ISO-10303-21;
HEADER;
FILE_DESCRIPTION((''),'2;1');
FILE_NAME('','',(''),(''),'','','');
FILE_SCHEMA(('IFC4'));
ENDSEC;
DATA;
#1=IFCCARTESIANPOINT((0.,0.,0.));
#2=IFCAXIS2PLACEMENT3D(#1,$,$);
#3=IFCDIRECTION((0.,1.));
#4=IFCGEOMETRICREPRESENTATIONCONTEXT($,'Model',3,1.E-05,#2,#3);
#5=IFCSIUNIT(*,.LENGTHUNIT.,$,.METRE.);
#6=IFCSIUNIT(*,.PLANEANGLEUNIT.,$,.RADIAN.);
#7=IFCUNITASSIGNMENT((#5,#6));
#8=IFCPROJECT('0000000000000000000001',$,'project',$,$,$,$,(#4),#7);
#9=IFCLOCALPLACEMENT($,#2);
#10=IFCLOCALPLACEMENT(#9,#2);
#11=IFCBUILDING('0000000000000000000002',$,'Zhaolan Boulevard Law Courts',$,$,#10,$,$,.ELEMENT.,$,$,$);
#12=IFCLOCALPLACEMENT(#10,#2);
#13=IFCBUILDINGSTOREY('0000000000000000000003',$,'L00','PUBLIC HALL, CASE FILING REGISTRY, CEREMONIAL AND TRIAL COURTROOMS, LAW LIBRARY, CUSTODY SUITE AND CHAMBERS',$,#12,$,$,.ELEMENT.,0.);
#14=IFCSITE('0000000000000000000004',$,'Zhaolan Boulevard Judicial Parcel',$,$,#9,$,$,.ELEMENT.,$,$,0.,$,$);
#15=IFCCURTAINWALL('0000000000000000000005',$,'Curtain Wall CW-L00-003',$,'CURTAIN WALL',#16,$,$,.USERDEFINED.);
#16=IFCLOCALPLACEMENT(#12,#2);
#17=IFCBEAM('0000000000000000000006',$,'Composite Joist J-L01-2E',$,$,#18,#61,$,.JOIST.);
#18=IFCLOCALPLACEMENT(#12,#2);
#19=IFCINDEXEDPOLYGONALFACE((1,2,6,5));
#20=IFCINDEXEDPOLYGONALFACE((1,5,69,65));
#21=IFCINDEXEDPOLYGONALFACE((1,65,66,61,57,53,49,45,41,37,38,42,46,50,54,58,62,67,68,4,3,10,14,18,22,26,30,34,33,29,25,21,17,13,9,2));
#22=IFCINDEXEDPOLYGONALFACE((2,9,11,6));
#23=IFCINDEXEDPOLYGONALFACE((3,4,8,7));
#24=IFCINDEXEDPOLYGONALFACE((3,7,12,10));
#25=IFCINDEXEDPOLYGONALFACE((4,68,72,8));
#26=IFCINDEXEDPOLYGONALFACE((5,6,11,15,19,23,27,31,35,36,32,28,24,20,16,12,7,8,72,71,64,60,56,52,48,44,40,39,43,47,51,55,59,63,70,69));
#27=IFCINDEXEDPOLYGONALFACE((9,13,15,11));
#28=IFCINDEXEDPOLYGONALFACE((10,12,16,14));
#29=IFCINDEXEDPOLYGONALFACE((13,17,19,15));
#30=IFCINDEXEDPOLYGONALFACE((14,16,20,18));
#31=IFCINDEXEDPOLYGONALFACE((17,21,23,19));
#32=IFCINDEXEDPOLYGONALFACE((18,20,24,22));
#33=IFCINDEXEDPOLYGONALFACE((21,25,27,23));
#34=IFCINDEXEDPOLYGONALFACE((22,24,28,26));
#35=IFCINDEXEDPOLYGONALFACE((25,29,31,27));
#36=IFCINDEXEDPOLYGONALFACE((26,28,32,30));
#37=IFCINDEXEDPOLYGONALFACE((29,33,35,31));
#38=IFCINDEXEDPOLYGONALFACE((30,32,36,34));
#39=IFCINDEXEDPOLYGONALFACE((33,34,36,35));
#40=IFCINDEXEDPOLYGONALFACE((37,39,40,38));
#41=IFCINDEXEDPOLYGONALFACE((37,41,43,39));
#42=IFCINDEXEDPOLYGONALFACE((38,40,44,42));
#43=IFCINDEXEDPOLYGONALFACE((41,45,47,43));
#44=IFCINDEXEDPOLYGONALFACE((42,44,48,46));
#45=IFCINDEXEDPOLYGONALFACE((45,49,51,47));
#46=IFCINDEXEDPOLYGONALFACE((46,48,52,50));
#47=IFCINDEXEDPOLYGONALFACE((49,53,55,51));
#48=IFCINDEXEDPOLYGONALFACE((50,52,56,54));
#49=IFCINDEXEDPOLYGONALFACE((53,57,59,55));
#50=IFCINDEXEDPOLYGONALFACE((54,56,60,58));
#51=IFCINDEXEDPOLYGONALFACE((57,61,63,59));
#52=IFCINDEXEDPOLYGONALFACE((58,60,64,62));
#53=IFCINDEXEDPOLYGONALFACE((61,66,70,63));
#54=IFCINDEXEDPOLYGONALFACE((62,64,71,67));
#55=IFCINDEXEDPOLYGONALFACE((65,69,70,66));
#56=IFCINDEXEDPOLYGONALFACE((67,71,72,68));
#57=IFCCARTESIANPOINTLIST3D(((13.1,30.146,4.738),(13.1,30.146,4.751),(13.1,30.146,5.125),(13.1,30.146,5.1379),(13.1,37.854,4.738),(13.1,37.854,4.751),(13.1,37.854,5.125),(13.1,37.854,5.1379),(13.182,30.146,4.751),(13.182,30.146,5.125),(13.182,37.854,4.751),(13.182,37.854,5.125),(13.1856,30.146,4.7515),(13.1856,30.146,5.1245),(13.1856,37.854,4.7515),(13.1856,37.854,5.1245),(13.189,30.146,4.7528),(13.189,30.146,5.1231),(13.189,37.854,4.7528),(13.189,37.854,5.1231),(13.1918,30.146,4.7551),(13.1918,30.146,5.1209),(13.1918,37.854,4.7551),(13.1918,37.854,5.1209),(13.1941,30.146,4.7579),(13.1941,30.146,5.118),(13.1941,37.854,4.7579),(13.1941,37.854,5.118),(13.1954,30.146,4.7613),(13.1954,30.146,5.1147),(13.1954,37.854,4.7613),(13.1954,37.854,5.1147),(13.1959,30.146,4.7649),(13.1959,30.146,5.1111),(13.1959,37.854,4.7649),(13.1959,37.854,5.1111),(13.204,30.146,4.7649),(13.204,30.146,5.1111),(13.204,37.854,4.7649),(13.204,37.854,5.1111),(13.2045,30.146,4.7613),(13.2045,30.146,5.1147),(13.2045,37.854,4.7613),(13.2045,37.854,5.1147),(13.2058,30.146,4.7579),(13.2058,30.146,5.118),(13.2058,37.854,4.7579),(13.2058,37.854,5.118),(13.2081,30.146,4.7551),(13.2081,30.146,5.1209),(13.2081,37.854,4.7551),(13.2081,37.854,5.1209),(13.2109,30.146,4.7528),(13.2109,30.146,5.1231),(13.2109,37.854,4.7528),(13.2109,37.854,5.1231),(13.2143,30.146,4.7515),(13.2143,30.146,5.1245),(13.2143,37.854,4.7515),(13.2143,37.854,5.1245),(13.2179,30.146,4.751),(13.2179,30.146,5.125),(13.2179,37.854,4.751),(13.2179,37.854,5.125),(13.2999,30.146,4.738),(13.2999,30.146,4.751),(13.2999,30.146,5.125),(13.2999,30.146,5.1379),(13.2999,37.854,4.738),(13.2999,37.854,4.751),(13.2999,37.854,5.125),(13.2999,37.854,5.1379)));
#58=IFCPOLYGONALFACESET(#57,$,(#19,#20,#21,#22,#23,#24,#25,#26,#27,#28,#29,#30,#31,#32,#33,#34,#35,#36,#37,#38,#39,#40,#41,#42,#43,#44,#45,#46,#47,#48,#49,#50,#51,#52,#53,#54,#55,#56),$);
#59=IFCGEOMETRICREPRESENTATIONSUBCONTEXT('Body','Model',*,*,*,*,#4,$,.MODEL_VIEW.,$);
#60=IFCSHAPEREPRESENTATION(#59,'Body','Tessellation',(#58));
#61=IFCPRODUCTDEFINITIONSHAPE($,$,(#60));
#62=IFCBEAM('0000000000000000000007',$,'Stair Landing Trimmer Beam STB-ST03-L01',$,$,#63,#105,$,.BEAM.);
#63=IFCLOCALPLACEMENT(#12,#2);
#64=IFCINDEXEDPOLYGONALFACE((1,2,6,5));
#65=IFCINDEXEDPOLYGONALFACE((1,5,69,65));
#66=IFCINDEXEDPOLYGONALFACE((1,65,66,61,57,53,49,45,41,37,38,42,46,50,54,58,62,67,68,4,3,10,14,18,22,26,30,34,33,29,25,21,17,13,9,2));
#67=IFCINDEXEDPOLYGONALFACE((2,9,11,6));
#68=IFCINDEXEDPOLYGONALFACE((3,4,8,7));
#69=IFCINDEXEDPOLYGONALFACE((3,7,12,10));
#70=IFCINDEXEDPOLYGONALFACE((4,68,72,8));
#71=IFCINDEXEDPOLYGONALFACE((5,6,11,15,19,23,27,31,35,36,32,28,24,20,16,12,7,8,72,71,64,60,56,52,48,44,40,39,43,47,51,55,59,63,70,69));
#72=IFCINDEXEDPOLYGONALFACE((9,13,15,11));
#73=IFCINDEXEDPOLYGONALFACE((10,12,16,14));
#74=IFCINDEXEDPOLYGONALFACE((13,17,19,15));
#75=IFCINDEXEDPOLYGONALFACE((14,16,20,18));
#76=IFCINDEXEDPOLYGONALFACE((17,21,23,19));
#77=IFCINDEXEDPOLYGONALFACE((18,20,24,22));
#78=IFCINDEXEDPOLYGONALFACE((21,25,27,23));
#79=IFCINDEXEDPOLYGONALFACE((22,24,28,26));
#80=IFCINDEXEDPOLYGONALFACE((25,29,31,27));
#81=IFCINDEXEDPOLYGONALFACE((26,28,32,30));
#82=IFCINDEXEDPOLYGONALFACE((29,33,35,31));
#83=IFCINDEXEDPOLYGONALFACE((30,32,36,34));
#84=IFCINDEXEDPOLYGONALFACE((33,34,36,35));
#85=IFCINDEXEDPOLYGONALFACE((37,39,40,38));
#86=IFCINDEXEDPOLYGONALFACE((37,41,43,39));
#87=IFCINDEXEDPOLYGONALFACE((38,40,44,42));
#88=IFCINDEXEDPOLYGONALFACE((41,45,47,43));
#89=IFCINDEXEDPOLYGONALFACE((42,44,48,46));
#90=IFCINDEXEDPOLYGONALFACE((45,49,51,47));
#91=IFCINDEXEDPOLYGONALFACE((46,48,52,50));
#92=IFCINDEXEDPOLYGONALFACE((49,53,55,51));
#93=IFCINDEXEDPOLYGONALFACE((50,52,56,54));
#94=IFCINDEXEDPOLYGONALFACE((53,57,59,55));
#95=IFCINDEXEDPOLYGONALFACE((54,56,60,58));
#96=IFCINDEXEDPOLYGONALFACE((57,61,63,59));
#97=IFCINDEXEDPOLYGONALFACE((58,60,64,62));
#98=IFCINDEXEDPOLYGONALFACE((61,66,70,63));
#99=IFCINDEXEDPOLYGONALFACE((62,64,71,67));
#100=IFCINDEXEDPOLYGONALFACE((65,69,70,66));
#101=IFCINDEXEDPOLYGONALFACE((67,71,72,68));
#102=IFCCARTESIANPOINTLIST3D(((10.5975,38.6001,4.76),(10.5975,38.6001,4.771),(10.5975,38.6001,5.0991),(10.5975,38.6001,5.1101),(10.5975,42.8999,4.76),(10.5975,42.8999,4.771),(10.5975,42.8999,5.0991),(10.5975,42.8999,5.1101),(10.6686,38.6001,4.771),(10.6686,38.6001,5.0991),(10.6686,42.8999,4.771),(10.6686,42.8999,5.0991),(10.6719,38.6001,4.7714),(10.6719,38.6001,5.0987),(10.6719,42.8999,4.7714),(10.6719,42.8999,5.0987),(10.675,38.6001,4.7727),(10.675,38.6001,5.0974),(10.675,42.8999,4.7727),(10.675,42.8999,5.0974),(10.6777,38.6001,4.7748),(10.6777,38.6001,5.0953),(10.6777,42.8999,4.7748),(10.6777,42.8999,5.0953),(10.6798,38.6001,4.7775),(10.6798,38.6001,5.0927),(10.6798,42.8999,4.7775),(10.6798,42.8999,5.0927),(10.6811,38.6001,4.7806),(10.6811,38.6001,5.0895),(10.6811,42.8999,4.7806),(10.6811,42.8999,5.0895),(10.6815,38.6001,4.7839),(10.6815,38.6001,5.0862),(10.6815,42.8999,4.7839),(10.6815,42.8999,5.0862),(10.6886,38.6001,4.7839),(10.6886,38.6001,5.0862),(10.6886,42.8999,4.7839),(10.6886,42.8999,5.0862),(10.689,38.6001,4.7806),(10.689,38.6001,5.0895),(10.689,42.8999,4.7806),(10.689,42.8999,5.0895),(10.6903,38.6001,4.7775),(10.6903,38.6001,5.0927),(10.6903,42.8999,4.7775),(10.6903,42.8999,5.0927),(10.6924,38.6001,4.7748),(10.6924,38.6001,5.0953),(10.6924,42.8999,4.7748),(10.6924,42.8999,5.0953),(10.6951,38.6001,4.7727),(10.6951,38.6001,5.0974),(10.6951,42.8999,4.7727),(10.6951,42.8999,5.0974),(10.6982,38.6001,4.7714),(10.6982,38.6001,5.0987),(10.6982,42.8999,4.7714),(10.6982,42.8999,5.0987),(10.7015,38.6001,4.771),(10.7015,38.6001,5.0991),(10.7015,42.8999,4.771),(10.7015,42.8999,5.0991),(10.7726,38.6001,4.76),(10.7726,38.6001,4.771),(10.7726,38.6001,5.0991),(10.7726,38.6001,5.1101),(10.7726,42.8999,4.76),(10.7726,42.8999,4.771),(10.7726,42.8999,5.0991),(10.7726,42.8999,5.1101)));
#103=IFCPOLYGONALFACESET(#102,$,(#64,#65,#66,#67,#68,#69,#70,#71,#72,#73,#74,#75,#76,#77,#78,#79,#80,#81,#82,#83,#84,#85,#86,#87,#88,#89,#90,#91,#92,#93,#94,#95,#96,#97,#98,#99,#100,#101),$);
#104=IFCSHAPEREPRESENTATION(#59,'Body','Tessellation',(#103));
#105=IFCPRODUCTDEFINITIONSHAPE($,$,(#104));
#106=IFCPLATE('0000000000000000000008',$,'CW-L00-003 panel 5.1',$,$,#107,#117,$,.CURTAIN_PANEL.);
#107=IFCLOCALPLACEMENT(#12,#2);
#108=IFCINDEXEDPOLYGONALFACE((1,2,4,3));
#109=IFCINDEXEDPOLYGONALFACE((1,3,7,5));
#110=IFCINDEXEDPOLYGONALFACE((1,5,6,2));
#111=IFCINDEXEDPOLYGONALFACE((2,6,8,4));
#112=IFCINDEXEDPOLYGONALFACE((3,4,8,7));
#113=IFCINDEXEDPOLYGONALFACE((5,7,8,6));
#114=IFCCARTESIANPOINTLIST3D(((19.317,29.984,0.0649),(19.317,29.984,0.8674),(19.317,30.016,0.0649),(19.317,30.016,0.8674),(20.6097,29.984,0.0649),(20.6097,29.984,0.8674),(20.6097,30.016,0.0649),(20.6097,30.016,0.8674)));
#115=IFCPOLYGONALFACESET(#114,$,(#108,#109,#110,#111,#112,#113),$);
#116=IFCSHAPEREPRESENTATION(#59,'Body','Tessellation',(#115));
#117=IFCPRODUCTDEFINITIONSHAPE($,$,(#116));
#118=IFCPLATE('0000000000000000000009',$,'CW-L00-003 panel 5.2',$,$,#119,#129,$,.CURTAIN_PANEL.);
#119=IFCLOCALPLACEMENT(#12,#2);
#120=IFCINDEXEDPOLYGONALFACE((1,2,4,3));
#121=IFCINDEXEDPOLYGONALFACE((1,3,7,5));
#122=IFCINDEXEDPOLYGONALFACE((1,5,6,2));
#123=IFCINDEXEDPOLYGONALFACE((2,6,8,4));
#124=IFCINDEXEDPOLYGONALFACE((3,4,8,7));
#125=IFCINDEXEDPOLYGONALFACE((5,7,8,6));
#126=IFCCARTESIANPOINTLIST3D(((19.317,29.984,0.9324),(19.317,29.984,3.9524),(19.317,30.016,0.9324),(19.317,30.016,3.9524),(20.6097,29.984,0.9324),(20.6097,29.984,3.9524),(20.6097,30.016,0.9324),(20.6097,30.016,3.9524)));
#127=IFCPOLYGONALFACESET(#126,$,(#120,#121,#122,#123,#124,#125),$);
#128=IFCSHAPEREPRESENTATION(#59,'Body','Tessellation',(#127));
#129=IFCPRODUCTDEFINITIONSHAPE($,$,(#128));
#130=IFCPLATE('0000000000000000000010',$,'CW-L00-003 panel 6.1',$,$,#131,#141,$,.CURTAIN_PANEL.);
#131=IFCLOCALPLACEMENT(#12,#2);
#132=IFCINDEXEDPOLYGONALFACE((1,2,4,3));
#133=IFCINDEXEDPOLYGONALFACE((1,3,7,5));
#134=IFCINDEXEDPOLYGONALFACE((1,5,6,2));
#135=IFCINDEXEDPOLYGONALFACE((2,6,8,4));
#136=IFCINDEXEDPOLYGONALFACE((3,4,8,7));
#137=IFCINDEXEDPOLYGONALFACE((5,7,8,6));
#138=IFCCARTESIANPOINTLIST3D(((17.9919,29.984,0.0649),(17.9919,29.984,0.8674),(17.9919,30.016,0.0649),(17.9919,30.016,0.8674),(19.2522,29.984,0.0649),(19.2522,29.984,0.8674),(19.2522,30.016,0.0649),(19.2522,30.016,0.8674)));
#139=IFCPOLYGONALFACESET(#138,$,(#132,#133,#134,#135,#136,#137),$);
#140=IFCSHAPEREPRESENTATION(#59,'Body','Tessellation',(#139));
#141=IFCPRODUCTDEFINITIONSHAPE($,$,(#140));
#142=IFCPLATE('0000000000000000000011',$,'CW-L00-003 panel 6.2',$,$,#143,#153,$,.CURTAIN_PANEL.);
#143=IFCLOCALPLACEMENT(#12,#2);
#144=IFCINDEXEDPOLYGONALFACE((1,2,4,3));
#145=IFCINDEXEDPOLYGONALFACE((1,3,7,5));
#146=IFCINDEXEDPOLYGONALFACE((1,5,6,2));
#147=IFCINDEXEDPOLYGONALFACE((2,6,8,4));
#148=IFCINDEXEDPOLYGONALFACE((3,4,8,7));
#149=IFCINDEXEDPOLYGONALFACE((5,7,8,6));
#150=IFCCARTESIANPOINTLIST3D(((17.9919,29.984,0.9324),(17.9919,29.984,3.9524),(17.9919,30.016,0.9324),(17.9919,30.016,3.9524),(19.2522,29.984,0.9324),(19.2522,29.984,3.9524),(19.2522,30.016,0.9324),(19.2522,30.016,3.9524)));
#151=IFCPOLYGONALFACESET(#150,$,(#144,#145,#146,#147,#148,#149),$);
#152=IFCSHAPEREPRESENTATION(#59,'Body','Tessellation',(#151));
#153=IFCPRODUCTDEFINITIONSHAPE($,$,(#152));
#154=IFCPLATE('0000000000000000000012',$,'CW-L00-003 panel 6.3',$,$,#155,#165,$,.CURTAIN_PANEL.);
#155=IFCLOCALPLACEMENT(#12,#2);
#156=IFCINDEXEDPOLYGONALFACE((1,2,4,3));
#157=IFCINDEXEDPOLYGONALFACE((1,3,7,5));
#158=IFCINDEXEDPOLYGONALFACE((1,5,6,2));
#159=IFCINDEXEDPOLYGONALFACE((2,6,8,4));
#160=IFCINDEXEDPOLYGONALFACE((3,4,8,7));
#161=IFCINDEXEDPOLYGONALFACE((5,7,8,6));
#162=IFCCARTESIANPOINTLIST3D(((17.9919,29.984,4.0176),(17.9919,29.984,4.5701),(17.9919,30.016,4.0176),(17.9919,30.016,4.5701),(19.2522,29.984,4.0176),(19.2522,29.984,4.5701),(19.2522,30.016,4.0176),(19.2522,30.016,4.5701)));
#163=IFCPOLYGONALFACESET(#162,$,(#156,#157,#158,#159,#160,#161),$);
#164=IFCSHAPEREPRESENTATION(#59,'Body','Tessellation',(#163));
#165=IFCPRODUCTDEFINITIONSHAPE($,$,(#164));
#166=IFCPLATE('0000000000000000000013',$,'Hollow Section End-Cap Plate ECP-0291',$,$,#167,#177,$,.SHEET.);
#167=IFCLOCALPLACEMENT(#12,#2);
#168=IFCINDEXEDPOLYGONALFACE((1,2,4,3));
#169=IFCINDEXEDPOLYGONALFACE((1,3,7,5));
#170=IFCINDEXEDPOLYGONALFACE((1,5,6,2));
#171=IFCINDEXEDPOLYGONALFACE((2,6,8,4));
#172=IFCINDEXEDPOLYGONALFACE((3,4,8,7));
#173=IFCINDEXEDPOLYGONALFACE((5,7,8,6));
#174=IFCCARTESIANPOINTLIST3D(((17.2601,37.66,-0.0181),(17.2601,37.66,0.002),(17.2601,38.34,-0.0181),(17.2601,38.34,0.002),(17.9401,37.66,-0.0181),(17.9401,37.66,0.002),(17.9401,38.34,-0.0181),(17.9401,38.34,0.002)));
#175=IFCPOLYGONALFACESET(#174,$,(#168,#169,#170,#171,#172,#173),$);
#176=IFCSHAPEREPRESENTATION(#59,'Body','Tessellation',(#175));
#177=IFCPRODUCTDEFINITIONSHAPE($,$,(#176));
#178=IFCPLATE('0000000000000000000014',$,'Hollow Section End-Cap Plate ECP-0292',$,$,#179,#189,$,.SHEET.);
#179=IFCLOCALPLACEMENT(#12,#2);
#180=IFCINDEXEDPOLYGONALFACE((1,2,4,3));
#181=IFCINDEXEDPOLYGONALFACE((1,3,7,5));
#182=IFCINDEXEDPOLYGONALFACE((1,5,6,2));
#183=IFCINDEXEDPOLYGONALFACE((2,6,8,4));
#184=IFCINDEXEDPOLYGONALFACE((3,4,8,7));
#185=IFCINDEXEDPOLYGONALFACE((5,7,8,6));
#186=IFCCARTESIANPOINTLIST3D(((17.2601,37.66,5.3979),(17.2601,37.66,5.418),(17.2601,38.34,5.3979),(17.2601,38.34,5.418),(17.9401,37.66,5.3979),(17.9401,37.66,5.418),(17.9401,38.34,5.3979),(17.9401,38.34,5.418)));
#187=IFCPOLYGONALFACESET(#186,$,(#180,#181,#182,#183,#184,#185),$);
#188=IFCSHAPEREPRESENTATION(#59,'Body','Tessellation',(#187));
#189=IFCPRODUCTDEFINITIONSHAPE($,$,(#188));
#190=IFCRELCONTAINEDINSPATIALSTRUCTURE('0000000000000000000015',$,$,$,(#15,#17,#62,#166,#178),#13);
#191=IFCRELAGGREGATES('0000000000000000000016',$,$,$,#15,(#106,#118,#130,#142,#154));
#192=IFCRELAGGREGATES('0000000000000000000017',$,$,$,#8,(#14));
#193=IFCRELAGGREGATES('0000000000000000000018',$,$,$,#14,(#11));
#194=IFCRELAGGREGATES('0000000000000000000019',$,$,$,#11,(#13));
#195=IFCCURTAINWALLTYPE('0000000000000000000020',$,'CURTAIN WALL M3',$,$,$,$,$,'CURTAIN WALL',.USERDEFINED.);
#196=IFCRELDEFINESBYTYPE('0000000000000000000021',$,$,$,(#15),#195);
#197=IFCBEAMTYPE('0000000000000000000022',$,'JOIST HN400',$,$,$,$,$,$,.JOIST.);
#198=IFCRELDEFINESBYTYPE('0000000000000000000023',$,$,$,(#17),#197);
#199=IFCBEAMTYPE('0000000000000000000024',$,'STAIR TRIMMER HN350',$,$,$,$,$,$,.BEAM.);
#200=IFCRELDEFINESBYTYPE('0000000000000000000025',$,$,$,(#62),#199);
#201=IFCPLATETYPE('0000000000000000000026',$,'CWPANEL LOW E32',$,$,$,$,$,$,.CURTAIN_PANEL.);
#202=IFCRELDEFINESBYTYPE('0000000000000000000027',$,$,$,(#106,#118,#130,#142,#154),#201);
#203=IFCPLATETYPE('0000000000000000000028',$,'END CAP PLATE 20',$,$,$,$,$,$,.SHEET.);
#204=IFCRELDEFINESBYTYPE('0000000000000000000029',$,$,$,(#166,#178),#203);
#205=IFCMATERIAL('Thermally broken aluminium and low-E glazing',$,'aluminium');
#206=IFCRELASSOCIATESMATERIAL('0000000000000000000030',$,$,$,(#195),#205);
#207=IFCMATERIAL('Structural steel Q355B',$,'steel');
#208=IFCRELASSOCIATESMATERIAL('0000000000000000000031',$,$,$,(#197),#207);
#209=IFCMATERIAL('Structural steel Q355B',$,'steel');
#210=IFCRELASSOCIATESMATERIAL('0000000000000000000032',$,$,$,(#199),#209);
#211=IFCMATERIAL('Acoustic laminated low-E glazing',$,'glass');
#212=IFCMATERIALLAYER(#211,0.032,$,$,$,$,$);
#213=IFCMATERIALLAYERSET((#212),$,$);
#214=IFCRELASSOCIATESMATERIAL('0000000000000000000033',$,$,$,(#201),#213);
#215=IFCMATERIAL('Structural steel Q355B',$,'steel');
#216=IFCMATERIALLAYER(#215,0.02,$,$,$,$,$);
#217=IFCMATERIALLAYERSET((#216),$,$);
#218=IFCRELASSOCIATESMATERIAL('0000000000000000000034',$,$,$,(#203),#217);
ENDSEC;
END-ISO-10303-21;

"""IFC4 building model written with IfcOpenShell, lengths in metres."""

from ifc_helpers import new_model, si_unit, direction, frame, origin, origin_2d, place, context, subcontext, project, spatial, rectangle, i_section, extrude, material, layer, layer_set, material_profile, profile_set, type_object, element, aggregate, save


model = new_model("IFC4")

# Units and contexts
model_context = context("Model", 3, precision=1e-05, world=origin(), true_north=direction((0.0, 1.0)))
body_context = subcontext(model_context, "Body", "Model", "MODEL_VIEW")
ifc_project = project(units=[si_unit("LENGTHUNIT", "METRE"), si_unit("PLANEANGLEUNIT", "RADIAN")], contexts=[model_context])

# Site, building, storey
site_placement = place(None, origin())
site = spatial("IfcSite", under=ifc_project, at=site_placement, Name="Zhaolan Boulevard Judicial Parcel", CompositionType="ELEMENT", RefElevation=0.0)
building_placement = place(site_placement, origin())
building = spatial("IfcBuilding", under=site, at=building_placement, Name="Zhaolan Boulevard Law Courts", CompositionType="ELEMENT")
storey_placement = place(building_placement, origin())
storey = spatial("IfcBuildingStorey", under=building, at=storey_placement, Name="L00", Description="PUBLIC HALL, CASE FILING REGISTRY, CEREMONIAL AND TRIAL COURTROOMS, LAW LIBRARY, CUSTODY SUITE AND CHAMBERS", CompositionType="ELEMENT", Elevation=0.0)

# Curtain wall
ifc_material_1 = material(Name="Thermally broken aluminium and low-E glazing", Category="aluminium")
curtain_wall_type = type_object("IfcCurtainWallType", Name="CURTAIN WALL M3", ElementType="CURTAIN WALL", PredefinedType="USERDEFINED", material=ifc_material_1)
curtain_wall_placement = place(storey_placement, origin())
curtain_wall = element("IfcCurtainWall", 1, at=curtain_wall_placement, inside=storey, type_object=curtain_wall_type, Name="Curtain Wall CW-L00-003", ObjectType="CURTAIN WALL", PredefinedType="USERDEFINED")

# Beams
ifc_material_2 = material(Name="Structural steel Q355B", Category="steel")
ifc_material_profile_1 = material_profile(ifc_material_2, i_section(OverallWidth=0.2, OverallDepth=0.3999, WebThickness=0.0081, FlangeThickness=0.0129, FilletRadius=0.0139, at=origin_2d()), Name="HN400x200")
ifc_profile_set_1 = profile_set([ifc_material_profile_1], Name="Structural steel Q355B")
beam_type_1 = type_object("IfcBeamType", Name="JOIST HN400", PredefinedType="JOIST", material=ifc_profile_set_1)
beam_1_placement = place(storey_placement, frame((13.2, 30.146, 4.938), z_axis=(0.0, 1.0, 0.0), x_axis=(-1.0, 0.0, 0.0)))
element("IfcBeam", 2, at=beam_1_placement, inside=storey, type_object=beam_type_1, Name="Composite Joist J-L01-2E", PredefinedType="JOIST", context=body_context, shape_type="SweptSolid", body=[
    extrude(i_section(OverallWidth=0.2, OverallDepth=0.3999, WebThickness=0.0081, FlangeThickness=0.0129, FilletRadius=0.0139, at=origin_2d()), origin(), (0.0, 0.0, 1.0), 7.708),
])
ifc_material_3 = material(Name="Structural steel Q355B", Category="steel")
ifc_material_profile_2 = material_profile(ifc_material_3, i_section(OverallWidth=0.175, OverallDepth=0.3501, WebThickness=0.0071, FlangeThickness=0.011, FilletRadius=0.0129, at=origin_2d()), Name="HN350x175")
ifc_profile_set_2 = profile_set([ifc_material_profile_2], Name="Structural steel Q355B")
beam_type_2 = type_object("IfcBeamType", Name="STAIR TRIMMER HN350", PredefinedType="BEAM", material=ifc_profile_set_2)
beam_2_placement = place(storey_placement, frame((10.6851, 38.6001, 4.9351), z_axis=(0.0, 1.0, 0.0), x_axis=(-1.0, 0.0, 0.0)))
element("IfcBeam", 3, at=beam_2_placement, inside=storey, type_object=beam_type_2, Name="Stair Landing Trimmer Beam STB-ST03-L01", PredefinedType="BEAM", context=body_context, shape_type="SweptSolid", body=[
    extrude(i_section(OverallWidth=0.175, OverallDepth=0.3501, WebThickness=0.0071, FlangeThickness=0.011, FilletRadius=0.0129, at=origin_2d()), origin(), (0.0, 0.0, 1.0), 4.2998),
])

# Plates
ifc_material_4 = material(Name="Acoustic laminated low-E glazing", Category="glass")
ifc_layer_1 = layer(ifc_material_4, 0.032)
ifc_layer_set_1 = layer_set([ifc_layer_1])
plate_type_1 = type_object("IfcPlateType", Name="CWPANEL LOW E32", PredefinedType="CURTAIN_PANEL", material=ifc_layer_set_1)
plate_1_placement = place(storey_placement, frame((19.9634, 30.0, 0.0649), z_axis=(0.0, 0.0, 1.0), x_axis=(-1.0, 0.0, 0.0)))
plate_1 = element("IfcPlate", 4, at=plate_1_placement, type_object=plate_type_1, Name="CW-L00-003 panel 5.1", PredefinedType="CURTAIN_PANEL", context=body_context, shape_type="SweptSolid", body=[
    extrude(rectangle(XDim=1.2927, YDim=0.032, at=origin_2d()), origin(), (0.0, 0.0, 1.0), 0.8025),
])
plate_2_placement = place(storey_placement, frame((19.9634, 30.0, 0.9324), z_axis=(0.0, 0.0, 1.0), x_axis=(-1.0, 0.0, 0.0)))
plate_2 = element("IfcPlate", 5, at=plate_2_placement, type_object=plate_type_1, Name="CW-L00-003 panel 5.2", PredefinedType="CURTAIN_PANEL", context=body_context, shape_type="SweptSolid", body=[
    extrude(rectangle(XDim=1.2927, YDim=0.032, at=origin_2d()), origin(), (0.0, 0.0, 1.0), 3.02),
])
plate_3_placement = place(storey_placement, frame((18.6221, 30.0, 0.0649), z_axis=(0.0, 0.0, 1.0), x_axis=(-1.0, 0.0, 0.0)))
plate_3 = element("IfcPlate", 6, at=plate_3_placement, type_object=plate_type_1, Name="CW-L00-003 panel 6.1", PredefinedType="CURTAIN_PANEL", context=body_context, shape_type="SweptSolid", body=[
    extrude(rectangle(XDim=1.2603, YDim=0.032, at=origin_2d()), origin(), (0.0, 0.0, 1.0), 0.8025),
])
plate_4_placement = place(storey_placement, frame((18.6221, 30.0, 0.9324), z_axis=(0.0, 0.0, 1.0), x_axis=(-1.0, 0.0, 0.0)))
plate_4 = element("IfcPlate", 7, at=plate_4_placement, type_object=plate_type_1, Name="CW-L00-003 panel 6.2", PredefinedType="CURTAIN_PANEL", context=body_context, shape_type="SweptSolid", body=[
    extrude(rectangle(XDim=1.2603, YDim=0.032, at=origin_2d()), origin(), (0.0, 0.0, 1.0), 3.02),
])
plate_5_placement = place(storey_placement, frame((18.6221, 30.0, 4.0176), z_axis=(0.0, 0.0, 1.0), x_axis=(-1.0, 0.0, 0.0)))
plate_5 = element("IfcPlate", 8, at=plate_5_placement, type_object=plate_type_1, Name="CW-L00-003 panel 6.3", PredefinedType="CURTAIN_PANEL", context=body_context, shape_type="SweptSolid", body=[
    extrude(rectangle(XDim=1.2603, YDim=0.032, at=origin_2d()), origin(), (0.0, 0.0, 1.0), 0.5525),
])
aggregate(curtain_wall, [plate_1, plate_2, plate_3, plate_4, plate_5])

# Plates
ifc_material_5 = material(Name="Structural steel Q355B", Category="steel")
ifc_layer_2 = layer(ifc_material_5, 0.02)
ifc_layer_set_2 = layer_set([ifc_layer_2])
plate_type_2 = type_object("IfcPlateType", Name="END CAP PLATE 20", PredefinedType="SHEET", material=ifc_layer_set_2)
for number, where, z_axis, x_axis, name in (
    (9, (17.6001, 38.0, -0.0181), (0.0, 0.0, 1.0), (1.0, 0.0, 0.0), "Hollow Section End-Cap Plate ECP-0291"),
    (10, (17.6001, 38.0, 5.3979), (0.0, 0.0, 1.0), (1.0, 0.0, 0.0), "Hollow Section End-Cap Plate ECP-0292"),
):
    element("IfcPlate", number, at=place(storey_placement, frame(where, z_axis=z_axis, x_axis=x_axis)), inside=storey, type_object=plate_type_2, Name=name, PredefinedType="SHEET", context=body_context, shape_type="SweptSolid", body=[
        extrude(rectangle(XDim=0.6799, YDim=0.6799, at=origin_2d()), origin(), (0.0, 0.0, 1.0), 0.02),
    ])

save(model, "model.ifc")
